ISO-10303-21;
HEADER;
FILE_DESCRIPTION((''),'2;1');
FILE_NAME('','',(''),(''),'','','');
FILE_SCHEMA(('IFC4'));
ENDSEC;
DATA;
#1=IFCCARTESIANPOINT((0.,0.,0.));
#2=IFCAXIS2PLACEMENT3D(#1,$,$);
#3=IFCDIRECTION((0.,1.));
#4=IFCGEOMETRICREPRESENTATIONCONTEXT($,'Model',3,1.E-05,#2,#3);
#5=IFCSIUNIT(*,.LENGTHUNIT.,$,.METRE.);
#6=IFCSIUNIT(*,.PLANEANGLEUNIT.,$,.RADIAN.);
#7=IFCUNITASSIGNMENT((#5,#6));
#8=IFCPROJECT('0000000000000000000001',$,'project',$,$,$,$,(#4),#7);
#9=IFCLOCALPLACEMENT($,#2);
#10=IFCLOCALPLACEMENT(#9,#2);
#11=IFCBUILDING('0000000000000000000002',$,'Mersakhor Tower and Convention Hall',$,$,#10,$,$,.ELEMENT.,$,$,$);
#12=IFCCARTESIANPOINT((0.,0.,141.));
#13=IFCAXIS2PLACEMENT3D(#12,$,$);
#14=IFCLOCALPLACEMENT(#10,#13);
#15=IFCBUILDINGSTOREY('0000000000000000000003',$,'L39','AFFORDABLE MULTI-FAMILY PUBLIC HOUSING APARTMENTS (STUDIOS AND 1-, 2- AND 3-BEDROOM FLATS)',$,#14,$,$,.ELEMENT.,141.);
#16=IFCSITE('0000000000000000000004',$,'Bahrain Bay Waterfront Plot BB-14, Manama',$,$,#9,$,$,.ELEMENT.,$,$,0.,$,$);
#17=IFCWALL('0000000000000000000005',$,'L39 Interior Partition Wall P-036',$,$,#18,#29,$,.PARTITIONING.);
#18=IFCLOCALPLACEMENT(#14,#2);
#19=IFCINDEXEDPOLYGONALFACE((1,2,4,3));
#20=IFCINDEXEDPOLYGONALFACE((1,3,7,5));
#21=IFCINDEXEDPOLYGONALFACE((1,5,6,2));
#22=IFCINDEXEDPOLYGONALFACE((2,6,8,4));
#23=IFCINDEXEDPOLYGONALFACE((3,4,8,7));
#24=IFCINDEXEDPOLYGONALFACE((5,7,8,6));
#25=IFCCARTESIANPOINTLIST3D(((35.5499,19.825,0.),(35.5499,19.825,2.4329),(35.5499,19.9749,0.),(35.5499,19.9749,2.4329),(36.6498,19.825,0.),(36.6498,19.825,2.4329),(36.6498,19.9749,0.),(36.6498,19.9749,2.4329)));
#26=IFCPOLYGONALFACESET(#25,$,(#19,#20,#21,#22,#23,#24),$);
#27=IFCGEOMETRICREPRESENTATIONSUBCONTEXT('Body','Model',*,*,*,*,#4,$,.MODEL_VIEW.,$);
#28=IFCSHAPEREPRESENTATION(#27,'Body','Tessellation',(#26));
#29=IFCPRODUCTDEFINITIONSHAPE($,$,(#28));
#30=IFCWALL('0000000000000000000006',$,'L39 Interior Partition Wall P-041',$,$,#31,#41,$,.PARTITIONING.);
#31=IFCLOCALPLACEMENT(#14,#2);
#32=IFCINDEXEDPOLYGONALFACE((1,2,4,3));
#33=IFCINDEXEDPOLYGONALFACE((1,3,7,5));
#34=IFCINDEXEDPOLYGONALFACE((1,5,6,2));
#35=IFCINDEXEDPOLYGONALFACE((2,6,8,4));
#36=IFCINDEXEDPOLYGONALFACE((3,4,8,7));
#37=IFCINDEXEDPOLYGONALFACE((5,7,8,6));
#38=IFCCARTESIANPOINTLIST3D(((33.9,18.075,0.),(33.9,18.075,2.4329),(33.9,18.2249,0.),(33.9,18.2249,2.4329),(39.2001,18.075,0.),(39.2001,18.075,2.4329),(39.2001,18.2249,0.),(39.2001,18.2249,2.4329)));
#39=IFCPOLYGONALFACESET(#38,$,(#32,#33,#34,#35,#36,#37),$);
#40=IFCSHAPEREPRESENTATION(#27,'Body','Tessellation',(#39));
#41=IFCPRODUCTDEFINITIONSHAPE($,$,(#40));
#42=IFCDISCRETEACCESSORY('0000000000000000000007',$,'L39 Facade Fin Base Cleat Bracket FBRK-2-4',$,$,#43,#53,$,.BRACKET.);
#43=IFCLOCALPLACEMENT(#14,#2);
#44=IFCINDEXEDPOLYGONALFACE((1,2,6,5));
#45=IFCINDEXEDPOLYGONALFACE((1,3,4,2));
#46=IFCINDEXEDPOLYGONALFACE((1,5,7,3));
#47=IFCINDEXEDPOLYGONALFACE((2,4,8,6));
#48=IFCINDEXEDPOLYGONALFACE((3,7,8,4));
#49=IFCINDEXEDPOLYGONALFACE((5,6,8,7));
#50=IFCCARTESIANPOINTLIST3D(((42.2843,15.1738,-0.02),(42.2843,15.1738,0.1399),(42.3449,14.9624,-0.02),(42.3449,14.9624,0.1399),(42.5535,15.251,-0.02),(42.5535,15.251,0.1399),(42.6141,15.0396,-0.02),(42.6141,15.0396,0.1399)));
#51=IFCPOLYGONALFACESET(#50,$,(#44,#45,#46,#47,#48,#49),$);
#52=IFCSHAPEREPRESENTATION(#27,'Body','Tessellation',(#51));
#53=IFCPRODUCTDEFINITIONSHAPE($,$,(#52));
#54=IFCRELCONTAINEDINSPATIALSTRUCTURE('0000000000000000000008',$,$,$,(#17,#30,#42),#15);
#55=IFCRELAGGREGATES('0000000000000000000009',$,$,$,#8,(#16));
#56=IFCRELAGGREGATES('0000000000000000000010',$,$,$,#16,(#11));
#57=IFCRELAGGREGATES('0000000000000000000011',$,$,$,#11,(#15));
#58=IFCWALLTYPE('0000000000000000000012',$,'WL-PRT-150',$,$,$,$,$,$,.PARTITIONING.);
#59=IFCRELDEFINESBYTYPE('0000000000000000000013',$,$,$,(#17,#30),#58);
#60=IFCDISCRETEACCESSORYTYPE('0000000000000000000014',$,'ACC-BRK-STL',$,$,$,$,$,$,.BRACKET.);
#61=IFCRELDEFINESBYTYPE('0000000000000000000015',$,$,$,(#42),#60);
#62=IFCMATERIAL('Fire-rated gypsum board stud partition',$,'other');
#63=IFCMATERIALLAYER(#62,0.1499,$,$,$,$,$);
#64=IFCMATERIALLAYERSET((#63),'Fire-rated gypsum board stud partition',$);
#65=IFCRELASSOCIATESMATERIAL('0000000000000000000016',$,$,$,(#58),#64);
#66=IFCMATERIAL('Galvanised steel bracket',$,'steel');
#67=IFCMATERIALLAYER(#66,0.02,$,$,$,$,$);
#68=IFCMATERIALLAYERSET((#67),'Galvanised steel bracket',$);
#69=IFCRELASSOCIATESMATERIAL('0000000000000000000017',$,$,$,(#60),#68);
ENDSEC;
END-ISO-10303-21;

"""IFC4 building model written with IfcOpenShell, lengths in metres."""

from ifc_helpers import new_model, si_unit, direction, frame, frame_2d, origin, origin_2d, place, context, subcontext, project, spatial, rectangle, extrude, material, layer, layer_set, type_object, element, save


model = new_model("IFC4")

# Units and contexts
model_context = context("Model", 3, precision=1e-05, world=origin(), true_north=direction((0.0, 1.0)))
body_context = subcontext(model_context, "Body", "Model", "MODEL_VIEW")
ifc_project = project(units=[si_unit("LENGTHUNIT", "METRE"), si_unit("PLANEANGLEUNIT", "RADIAN")], contexts=[model_context])

# Site, building, storey
site_placement = place(None, origin())
site = spatial("IfcSite", under=ifc_project, at=site_placement, Name="Bahrain Bay Waterfront Plot BB-14, Manama", CompositionType="ELEMENT", RefElevation=0.0)
building_placement = place(site_placement, origin())
building = spatial("IfcBuilding", under=site, at=building_placement, Name="Mersakhor Tower and Convention Hall", CompositionType="ELEMENT")
storey_placement = place(building_placement, frame((0.0, 0.0, 141.0)))
storey = spatial("IfcBuildingStorey", under=building, at=storey_placement, Name="L39", Description="AFFORDABLE MULTI-FAMILY PUBLIC HOUSING APARTMENTS (STUDIOS AND 1-, 2- AND 3-BEDROOM FLATS)", CompositionType="ELEMENT", Elevation=141.0)

# Walls
ifc_material_1 = material(Name="Fire-rated gypsum board stud partition", Category="other")
ifc_layer_1 = layer(ifc_material_1, 0.1499)
ifc_layer_set_1 = layer_set([ifc_layer_1], Name="Fire-rated gypsum board stud partition")
wall_type_1 = type_object("IfcWallType", Name="WL-PRT-150", PredefinedType="PARTITIONING", material=ifc_layer_set_1)
wall_1_placement = place(storey_placement, frame((35.55, 19.8999, 0.0), z_axis=(0.0, 0.0, 1.0), x_axis=(1.0, 0.0, 0.0)))
element("IfcWall", 1, at=wall_1_placement, inside=storey, type_object=wall_type_1, Name="L39 Interior Partition Wall P-036", PredefinedType="PARTITIONING", context=body_context, shape_type="SweptSolid", body=[
    extrude(rectangle(XDim=1.0999, YDim=0.1499, at=frame_2d((0.5498, 0.0))), origin(), (0.0, 0.0, 1.0), 2.4329),
])
wall_2_placement = place(storey_placement, frame((39.2, 18.1499, 0.0), z_axis=(0.0, 0.0, 1.0), x_axis=(-1.0, 0.0, 0.0)))
element("IfcWall", 2, at=wall_2_placement, inside=storey, type_object=wall_type_1, Name="L39 Interior Partition Wall P-041", PredefinedType="PARTITIONING", context=body_context, shape_type="SweptSolid", body=[
    extrude(rectangle(XDim=5.3, YDim=0.1499, at=frame_2d((2.6499, 0.0))), origin(), (0.0, 0.0, 1.0), 2.4329),
])

# Discrete accessory
ifc_material_2 = material(Name="Galvanised steel bracket", Category="steel")
ifc_layer_2 = layer(ifc_material_2, 0.02)
ifc_layer_set_2 = layer_set([ifc_layer_2], Name="Galvanised steel bracket")
discrete_accessory_type = type_object("IfcDiscreteAccessoryType", Name="ACC-BRK-STL", PredefinedType="BRACKET", material=ifc_layer_set_2)
discrete_accessory_placement = place(storey_placement, frame((42.4492, 15.1067, -0.02), z_axis=(0.0, 0.0, 1.0), x_axis=(0.961262, 0.275637, 0.0)))
element("IfcDiscreteAccessory", 3, at=discrete_accessory_placement, inside=storey, type_object=discrete_accessory_type, Name="L39 Facade Fin Base Cleat Bracket FBRK-2-4", PredefinedType="BRACKET", context=body_context, shape_type="SweptSolid", body=[
    extrude(rectangle(XDim=0.28, YDim=0.22, at=origin_2d()), origin(), (0.0, 0.0, 1.0), 0.1599),
])

save(model, "model.ifc")
